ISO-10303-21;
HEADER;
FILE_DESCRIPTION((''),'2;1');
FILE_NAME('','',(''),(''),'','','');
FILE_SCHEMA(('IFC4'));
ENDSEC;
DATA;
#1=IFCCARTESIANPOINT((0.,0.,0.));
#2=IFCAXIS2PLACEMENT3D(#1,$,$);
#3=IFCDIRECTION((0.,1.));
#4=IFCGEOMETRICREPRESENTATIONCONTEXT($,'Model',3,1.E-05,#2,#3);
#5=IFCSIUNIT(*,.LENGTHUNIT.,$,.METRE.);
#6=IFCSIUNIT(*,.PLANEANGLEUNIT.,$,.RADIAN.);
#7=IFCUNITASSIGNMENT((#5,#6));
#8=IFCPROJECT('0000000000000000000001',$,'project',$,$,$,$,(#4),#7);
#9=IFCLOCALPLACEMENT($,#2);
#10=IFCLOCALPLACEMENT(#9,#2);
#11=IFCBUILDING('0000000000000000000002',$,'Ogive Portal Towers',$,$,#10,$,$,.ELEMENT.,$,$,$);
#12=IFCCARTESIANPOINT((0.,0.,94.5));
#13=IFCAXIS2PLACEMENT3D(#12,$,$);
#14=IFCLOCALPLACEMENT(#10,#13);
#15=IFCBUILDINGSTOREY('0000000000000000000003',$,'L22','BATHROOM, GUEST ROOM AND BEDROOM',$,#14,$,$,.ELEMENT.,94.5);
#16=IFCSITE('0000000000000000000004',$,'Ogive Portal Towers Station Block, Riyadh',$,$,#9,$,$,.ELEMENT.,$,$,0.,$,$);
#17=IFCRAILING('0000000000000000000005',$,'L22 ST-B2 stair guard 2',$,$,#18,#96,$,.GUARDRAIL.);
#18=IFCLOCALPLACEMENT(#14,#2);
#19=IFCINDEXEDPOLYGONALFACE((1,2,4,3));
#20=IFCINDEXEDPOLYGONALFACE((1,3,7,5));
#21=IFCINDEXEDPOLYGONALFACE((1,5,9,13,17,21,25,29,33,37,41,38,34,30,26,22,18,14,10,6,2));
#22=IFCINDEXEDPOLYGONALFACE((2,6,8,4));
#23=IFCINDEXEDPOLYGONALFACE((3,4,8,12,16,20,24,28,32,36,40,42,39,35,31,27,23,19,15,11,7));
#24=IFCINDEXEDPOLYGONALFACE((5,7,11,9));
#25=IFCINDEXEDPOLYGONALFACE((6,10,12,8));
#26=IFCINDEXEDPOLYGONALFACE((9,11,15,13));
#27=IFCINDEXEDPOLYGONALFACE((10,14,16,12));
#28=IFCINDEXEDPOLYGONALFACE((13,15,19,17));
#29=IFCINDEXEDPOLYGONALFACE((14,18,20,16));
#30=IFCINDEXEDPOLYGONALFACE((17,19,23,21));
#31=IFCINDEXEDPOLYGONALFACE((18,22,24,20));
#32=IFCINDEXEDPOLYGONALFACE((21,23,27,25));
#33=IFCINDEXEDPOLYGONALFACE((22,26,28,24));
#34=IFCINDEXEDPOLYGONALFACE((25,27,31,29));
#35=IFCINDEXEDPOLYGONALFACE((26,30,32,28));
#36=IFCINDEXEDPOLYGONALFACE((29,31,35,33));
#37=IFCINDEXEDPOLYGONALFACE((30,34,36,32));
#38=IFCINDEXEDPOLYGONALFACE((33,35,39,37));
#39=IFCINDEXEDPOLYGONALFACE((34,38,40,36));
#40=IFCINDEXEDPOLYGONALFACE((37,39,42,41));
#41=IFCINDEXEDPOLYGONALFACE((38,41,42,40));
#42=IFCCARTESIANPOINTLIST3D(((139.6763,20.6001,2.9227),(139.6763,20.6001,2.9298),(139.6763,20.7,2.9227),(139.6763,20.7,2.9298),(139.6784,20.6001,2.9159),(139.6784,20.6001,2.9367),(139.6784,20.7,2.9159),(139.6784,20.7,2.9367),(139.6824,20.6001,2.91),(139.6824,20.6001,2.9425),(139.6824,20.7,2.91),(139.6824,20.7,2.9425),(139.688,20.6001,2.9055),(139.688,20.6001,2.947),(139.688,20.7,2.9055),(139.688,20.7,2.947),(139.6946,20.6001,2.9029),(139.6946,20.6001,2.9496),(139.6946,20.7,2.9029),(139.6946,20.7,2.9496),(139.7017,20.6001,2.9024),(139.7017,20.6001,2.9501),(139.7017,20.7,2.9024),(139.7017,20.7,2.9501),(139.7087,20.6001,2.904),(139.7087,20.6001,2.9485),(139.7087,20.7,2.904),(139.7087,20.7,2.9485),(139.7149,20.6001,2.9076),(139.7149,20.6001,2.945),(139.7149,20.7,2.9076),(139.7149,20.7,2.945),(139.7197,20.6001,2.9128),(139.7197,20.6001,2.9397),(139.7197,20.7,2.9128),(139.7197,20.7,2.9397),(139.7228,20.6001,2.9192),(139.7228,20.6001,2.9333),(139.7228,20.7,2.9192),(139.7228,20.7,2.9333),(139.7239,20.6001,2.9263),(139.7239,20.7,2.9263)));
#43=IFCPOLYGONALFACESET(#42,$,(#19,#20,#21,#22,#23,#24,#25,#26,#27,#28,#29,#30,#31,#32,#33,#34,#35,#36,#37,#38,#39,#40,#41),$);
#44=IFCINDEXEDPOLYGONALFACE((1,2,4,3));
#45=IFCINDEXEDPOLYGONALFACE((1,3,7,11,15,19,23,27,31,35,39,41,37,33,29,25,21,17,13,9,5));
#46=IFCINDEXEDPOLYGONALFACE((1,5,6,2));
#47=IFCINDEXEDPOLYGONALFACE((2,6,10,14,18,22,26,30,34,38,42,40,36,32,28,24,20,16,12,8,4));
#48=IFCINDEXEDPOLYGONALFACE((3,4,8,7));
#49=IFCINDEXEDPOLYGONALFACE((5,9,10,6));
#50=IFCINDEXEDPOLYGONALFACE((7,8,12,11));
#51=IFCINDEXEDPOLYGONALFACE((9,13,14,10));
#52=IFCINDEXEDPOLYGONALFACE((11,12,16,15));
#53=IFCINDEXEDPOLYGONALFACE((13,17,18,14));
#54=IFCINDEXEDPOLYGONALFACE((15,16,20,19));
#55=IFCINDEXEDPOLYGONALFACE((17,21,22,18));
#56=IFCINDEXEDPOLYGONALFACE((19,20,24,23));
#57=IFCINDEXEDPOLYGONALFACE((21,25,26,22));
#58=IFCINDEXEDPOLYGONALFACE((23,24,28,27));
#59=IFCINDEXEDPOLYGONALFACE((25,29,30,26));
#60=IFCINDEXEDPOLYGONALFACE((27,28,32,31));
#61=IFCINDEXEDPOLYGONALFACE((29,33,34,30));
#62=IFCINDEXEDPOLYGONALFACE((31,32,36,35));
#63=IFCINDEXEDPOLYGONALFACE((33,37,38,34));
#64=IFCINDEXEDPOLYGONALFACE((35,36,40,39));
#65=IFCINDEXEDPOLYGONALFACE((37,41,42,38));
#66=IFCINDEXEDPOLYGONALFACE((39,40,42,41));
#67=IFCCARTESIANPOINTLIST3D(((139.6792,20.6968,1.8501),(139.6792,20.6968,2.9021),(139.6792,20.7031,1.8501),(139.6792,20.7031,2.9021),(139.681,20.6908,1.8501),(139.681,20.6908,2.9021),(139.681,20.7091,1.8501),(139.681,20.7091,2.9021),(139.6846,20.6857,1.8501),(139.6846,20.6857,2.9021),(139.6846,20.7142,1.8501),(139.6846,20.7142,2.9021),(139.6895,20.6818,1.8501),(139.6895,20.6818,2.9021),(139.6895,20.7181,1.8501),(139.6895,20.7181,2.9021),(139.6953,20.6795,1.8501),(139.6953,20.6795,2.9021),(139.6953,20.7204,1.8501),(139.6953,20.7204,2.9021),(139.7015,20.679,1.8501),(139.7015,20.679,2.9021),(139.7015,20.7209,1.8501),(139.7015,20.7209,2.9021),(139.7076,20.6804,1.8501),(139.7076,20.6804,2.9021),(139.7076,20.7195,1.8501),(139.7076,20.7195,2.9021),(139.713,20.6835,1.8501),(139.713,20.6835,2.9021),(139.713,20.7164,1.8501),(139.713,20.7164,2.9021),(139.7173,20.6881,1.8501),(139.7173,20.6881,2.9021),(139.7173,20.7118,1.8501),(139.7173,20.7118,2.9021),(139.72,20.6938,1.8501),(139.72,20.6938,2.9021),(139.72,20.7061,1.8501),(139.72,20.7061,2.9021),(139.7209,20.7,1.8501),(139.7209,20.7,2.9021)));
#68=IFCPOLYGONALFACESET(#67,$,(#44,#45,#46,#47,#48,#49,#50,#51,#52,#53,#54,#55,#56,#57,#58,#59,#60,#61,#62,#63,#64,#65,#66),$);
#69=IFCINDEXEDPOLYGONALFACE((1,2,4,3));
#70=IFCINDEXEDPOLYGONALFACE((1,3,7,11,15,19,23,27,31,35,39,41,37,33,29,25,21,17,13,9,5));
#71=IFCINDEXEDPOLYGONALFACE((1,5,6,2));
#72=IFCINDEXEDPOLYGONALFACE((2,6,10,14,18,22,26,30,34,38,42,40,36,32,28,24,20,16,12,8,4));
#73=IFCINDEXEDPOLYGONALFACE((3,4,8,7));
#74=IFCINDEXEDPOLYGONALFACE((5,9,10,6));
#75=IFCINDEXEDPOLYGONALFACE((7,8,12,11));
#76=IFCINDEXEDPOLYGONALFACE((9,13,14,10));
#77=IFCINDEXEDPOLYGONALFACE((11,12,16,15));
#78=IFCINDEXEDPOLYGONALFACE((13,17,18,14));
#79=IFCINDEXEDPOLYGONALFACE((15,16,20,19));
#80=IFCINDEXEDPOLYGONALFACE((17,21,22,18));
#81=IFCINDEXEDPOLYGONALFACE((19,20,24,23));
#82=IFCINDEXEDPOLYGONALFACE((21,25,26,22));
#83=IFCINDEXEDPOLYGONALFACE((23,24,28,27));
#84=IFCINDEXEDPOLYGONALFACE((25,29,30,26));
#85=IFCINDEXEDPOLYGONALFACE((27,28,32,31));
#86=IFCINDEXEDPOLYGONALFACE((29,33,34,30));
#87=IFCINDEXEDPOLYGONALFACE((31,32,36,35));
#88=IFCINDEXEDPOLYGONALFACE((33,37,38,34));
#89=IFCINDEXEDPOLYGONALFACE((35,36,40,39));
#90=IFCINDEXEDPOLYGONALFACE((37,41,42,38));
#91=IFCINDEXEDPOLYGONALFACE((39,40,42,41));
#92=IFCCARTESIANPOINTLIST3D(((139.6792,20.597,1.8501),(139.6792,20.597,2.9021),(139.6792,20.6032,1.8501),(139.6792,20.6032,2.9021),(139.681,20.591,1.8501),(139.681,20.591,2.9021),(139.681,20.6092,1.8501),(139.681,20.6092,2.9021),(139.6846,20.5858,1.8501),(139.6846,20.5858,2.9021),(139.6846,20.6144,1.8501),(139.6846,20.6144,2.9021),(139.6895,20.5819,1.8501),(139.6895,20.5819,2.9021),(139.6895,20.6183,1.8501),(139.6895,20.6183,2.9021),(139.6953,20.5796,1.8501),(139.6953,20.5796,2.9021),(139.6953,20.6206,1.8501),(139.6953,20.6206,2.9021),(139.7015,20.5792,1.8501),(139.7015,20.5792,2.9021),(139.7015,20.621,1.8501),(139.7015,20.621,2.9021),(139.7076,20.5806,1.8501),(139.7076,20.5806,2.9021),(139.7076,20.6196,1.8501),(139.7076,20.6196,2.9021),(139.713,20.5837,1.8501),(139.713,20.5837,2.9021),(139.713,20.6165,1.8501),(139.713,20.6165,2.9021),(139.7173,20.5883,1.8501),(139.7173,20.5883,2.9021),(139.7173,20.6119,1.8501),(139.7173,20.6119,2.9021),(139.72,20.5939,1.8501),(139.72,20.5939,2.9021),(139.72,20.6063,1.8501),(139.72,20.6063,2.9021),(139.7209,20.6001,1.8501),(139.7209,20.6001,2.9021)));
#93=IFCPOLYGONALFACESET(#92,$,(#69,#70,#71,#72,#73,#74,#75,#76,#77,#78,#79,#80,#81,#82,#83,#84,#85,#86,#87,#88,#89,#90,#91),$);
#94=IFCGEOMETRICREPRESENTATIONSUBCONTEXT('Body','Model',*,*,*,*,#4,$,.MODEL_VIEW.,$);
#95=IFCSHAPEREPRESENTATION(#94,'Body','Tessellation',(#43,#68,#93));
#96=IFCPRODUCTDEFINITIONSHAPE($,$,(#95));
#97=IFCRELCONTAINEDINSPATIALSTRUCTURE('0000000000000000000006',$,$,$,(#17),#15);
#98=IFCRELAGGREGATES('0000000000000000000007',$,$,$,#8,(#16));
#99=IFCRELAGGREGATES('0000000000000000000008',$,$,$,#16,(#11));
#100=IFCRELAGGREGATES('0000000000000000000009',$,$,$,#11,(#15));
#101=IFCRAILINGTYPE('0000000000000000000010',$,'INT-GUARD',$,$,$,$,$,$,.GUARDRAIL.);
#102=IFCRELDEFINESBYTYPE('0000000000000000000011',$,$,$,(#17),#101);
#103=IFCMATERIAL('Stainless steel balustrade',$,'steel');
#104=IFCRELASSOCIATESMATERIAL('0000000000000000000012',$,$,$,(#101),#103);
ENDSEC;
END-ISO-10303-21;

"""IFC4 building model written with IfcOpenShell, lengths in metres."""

from ifc_helpers import new_model, si_unit, direction, frame, origin, origin_2d, place, context, subcontext, project, spatial, circle, extrude, material, type_object, element, save


model = new_model("IFC4")

# Units and contexts
model_context = context("Model", 3, precision=1e-05, world=origin(), true_north=direction((0.0, 1.0)))
body_context = subcontext(model_context, "Body", "Model", "MODEL_VIEW")
ifc_project = project(units=[si_unit("LENGTHUNIT", "METRE"), si_unit("PLANEANGLEUNIT", "RADIAN")], contexts=[model_context])

# Site, building, storey
site_placement = place(None, origin())
site = spatial("IfcSite", under=ifc_project, at=site_placement, Name="Ogive Portal Towers Station Block, Riyadh", CompositionType="ELEMENT", RefElevation=0.0)
building_placement = place(site_placement, origin())
building = spatial("IfcBuilding", under=site, at=building_placement, Name="Ogive Portal Towers", CompositionType="ELEMENT")
storey_placement = place(building_placement, frame((0.0, 0.0, 94.5)))
storey = spatial("IfcBuildingStorey", under=building, at=storey_placement, Name="L22", Description="BATHROOM, GUEST ROOM AND BEDROOM", CompositionType="ELEMENT", Elevation=94.5)

# Railing
ifc_material_1 = material(Name="Stainless steel balustrade", Category="steel")
railing_type_1 = type_object("IfcRailingType", Name="INT-GUARD", PredefinedType="GUARDRAIL", material=ifc_material_1)
railing_1_placement = place(storey_placement, frame((139.7, 20.7, 1.8501)))
element("IfcRailing", 1, at=railing_1_placement, inside=storey, type_object=railing_type_1, Name="L22 ST-B2 stair guard 2", PredefinedType="GUARDRAIL", context=body_context, shape_type="SweptSolid", body=[
    extrude(circle(Radius=0.0239, at=origin_2d()), frame((0.0, 0.0, 1.0762), z_axis=(0.0, -1.0, 0.0), x_axis=(1.0, 0.0, 0.0)), (0.0, 0.0, 1.0), 0.0999),
    extrude(circle(Radius=0.021, at=origin_2d()), origin(), (0.0, 0.0, 1.0), 1.052),
    extrude(circle(Radius=0.021, at=origin_2d()), frame((0.0, -0.0999, 0.0)), (0.0, 0.0, 1.0), 1.052),
])

save(model, "model.ifc")
